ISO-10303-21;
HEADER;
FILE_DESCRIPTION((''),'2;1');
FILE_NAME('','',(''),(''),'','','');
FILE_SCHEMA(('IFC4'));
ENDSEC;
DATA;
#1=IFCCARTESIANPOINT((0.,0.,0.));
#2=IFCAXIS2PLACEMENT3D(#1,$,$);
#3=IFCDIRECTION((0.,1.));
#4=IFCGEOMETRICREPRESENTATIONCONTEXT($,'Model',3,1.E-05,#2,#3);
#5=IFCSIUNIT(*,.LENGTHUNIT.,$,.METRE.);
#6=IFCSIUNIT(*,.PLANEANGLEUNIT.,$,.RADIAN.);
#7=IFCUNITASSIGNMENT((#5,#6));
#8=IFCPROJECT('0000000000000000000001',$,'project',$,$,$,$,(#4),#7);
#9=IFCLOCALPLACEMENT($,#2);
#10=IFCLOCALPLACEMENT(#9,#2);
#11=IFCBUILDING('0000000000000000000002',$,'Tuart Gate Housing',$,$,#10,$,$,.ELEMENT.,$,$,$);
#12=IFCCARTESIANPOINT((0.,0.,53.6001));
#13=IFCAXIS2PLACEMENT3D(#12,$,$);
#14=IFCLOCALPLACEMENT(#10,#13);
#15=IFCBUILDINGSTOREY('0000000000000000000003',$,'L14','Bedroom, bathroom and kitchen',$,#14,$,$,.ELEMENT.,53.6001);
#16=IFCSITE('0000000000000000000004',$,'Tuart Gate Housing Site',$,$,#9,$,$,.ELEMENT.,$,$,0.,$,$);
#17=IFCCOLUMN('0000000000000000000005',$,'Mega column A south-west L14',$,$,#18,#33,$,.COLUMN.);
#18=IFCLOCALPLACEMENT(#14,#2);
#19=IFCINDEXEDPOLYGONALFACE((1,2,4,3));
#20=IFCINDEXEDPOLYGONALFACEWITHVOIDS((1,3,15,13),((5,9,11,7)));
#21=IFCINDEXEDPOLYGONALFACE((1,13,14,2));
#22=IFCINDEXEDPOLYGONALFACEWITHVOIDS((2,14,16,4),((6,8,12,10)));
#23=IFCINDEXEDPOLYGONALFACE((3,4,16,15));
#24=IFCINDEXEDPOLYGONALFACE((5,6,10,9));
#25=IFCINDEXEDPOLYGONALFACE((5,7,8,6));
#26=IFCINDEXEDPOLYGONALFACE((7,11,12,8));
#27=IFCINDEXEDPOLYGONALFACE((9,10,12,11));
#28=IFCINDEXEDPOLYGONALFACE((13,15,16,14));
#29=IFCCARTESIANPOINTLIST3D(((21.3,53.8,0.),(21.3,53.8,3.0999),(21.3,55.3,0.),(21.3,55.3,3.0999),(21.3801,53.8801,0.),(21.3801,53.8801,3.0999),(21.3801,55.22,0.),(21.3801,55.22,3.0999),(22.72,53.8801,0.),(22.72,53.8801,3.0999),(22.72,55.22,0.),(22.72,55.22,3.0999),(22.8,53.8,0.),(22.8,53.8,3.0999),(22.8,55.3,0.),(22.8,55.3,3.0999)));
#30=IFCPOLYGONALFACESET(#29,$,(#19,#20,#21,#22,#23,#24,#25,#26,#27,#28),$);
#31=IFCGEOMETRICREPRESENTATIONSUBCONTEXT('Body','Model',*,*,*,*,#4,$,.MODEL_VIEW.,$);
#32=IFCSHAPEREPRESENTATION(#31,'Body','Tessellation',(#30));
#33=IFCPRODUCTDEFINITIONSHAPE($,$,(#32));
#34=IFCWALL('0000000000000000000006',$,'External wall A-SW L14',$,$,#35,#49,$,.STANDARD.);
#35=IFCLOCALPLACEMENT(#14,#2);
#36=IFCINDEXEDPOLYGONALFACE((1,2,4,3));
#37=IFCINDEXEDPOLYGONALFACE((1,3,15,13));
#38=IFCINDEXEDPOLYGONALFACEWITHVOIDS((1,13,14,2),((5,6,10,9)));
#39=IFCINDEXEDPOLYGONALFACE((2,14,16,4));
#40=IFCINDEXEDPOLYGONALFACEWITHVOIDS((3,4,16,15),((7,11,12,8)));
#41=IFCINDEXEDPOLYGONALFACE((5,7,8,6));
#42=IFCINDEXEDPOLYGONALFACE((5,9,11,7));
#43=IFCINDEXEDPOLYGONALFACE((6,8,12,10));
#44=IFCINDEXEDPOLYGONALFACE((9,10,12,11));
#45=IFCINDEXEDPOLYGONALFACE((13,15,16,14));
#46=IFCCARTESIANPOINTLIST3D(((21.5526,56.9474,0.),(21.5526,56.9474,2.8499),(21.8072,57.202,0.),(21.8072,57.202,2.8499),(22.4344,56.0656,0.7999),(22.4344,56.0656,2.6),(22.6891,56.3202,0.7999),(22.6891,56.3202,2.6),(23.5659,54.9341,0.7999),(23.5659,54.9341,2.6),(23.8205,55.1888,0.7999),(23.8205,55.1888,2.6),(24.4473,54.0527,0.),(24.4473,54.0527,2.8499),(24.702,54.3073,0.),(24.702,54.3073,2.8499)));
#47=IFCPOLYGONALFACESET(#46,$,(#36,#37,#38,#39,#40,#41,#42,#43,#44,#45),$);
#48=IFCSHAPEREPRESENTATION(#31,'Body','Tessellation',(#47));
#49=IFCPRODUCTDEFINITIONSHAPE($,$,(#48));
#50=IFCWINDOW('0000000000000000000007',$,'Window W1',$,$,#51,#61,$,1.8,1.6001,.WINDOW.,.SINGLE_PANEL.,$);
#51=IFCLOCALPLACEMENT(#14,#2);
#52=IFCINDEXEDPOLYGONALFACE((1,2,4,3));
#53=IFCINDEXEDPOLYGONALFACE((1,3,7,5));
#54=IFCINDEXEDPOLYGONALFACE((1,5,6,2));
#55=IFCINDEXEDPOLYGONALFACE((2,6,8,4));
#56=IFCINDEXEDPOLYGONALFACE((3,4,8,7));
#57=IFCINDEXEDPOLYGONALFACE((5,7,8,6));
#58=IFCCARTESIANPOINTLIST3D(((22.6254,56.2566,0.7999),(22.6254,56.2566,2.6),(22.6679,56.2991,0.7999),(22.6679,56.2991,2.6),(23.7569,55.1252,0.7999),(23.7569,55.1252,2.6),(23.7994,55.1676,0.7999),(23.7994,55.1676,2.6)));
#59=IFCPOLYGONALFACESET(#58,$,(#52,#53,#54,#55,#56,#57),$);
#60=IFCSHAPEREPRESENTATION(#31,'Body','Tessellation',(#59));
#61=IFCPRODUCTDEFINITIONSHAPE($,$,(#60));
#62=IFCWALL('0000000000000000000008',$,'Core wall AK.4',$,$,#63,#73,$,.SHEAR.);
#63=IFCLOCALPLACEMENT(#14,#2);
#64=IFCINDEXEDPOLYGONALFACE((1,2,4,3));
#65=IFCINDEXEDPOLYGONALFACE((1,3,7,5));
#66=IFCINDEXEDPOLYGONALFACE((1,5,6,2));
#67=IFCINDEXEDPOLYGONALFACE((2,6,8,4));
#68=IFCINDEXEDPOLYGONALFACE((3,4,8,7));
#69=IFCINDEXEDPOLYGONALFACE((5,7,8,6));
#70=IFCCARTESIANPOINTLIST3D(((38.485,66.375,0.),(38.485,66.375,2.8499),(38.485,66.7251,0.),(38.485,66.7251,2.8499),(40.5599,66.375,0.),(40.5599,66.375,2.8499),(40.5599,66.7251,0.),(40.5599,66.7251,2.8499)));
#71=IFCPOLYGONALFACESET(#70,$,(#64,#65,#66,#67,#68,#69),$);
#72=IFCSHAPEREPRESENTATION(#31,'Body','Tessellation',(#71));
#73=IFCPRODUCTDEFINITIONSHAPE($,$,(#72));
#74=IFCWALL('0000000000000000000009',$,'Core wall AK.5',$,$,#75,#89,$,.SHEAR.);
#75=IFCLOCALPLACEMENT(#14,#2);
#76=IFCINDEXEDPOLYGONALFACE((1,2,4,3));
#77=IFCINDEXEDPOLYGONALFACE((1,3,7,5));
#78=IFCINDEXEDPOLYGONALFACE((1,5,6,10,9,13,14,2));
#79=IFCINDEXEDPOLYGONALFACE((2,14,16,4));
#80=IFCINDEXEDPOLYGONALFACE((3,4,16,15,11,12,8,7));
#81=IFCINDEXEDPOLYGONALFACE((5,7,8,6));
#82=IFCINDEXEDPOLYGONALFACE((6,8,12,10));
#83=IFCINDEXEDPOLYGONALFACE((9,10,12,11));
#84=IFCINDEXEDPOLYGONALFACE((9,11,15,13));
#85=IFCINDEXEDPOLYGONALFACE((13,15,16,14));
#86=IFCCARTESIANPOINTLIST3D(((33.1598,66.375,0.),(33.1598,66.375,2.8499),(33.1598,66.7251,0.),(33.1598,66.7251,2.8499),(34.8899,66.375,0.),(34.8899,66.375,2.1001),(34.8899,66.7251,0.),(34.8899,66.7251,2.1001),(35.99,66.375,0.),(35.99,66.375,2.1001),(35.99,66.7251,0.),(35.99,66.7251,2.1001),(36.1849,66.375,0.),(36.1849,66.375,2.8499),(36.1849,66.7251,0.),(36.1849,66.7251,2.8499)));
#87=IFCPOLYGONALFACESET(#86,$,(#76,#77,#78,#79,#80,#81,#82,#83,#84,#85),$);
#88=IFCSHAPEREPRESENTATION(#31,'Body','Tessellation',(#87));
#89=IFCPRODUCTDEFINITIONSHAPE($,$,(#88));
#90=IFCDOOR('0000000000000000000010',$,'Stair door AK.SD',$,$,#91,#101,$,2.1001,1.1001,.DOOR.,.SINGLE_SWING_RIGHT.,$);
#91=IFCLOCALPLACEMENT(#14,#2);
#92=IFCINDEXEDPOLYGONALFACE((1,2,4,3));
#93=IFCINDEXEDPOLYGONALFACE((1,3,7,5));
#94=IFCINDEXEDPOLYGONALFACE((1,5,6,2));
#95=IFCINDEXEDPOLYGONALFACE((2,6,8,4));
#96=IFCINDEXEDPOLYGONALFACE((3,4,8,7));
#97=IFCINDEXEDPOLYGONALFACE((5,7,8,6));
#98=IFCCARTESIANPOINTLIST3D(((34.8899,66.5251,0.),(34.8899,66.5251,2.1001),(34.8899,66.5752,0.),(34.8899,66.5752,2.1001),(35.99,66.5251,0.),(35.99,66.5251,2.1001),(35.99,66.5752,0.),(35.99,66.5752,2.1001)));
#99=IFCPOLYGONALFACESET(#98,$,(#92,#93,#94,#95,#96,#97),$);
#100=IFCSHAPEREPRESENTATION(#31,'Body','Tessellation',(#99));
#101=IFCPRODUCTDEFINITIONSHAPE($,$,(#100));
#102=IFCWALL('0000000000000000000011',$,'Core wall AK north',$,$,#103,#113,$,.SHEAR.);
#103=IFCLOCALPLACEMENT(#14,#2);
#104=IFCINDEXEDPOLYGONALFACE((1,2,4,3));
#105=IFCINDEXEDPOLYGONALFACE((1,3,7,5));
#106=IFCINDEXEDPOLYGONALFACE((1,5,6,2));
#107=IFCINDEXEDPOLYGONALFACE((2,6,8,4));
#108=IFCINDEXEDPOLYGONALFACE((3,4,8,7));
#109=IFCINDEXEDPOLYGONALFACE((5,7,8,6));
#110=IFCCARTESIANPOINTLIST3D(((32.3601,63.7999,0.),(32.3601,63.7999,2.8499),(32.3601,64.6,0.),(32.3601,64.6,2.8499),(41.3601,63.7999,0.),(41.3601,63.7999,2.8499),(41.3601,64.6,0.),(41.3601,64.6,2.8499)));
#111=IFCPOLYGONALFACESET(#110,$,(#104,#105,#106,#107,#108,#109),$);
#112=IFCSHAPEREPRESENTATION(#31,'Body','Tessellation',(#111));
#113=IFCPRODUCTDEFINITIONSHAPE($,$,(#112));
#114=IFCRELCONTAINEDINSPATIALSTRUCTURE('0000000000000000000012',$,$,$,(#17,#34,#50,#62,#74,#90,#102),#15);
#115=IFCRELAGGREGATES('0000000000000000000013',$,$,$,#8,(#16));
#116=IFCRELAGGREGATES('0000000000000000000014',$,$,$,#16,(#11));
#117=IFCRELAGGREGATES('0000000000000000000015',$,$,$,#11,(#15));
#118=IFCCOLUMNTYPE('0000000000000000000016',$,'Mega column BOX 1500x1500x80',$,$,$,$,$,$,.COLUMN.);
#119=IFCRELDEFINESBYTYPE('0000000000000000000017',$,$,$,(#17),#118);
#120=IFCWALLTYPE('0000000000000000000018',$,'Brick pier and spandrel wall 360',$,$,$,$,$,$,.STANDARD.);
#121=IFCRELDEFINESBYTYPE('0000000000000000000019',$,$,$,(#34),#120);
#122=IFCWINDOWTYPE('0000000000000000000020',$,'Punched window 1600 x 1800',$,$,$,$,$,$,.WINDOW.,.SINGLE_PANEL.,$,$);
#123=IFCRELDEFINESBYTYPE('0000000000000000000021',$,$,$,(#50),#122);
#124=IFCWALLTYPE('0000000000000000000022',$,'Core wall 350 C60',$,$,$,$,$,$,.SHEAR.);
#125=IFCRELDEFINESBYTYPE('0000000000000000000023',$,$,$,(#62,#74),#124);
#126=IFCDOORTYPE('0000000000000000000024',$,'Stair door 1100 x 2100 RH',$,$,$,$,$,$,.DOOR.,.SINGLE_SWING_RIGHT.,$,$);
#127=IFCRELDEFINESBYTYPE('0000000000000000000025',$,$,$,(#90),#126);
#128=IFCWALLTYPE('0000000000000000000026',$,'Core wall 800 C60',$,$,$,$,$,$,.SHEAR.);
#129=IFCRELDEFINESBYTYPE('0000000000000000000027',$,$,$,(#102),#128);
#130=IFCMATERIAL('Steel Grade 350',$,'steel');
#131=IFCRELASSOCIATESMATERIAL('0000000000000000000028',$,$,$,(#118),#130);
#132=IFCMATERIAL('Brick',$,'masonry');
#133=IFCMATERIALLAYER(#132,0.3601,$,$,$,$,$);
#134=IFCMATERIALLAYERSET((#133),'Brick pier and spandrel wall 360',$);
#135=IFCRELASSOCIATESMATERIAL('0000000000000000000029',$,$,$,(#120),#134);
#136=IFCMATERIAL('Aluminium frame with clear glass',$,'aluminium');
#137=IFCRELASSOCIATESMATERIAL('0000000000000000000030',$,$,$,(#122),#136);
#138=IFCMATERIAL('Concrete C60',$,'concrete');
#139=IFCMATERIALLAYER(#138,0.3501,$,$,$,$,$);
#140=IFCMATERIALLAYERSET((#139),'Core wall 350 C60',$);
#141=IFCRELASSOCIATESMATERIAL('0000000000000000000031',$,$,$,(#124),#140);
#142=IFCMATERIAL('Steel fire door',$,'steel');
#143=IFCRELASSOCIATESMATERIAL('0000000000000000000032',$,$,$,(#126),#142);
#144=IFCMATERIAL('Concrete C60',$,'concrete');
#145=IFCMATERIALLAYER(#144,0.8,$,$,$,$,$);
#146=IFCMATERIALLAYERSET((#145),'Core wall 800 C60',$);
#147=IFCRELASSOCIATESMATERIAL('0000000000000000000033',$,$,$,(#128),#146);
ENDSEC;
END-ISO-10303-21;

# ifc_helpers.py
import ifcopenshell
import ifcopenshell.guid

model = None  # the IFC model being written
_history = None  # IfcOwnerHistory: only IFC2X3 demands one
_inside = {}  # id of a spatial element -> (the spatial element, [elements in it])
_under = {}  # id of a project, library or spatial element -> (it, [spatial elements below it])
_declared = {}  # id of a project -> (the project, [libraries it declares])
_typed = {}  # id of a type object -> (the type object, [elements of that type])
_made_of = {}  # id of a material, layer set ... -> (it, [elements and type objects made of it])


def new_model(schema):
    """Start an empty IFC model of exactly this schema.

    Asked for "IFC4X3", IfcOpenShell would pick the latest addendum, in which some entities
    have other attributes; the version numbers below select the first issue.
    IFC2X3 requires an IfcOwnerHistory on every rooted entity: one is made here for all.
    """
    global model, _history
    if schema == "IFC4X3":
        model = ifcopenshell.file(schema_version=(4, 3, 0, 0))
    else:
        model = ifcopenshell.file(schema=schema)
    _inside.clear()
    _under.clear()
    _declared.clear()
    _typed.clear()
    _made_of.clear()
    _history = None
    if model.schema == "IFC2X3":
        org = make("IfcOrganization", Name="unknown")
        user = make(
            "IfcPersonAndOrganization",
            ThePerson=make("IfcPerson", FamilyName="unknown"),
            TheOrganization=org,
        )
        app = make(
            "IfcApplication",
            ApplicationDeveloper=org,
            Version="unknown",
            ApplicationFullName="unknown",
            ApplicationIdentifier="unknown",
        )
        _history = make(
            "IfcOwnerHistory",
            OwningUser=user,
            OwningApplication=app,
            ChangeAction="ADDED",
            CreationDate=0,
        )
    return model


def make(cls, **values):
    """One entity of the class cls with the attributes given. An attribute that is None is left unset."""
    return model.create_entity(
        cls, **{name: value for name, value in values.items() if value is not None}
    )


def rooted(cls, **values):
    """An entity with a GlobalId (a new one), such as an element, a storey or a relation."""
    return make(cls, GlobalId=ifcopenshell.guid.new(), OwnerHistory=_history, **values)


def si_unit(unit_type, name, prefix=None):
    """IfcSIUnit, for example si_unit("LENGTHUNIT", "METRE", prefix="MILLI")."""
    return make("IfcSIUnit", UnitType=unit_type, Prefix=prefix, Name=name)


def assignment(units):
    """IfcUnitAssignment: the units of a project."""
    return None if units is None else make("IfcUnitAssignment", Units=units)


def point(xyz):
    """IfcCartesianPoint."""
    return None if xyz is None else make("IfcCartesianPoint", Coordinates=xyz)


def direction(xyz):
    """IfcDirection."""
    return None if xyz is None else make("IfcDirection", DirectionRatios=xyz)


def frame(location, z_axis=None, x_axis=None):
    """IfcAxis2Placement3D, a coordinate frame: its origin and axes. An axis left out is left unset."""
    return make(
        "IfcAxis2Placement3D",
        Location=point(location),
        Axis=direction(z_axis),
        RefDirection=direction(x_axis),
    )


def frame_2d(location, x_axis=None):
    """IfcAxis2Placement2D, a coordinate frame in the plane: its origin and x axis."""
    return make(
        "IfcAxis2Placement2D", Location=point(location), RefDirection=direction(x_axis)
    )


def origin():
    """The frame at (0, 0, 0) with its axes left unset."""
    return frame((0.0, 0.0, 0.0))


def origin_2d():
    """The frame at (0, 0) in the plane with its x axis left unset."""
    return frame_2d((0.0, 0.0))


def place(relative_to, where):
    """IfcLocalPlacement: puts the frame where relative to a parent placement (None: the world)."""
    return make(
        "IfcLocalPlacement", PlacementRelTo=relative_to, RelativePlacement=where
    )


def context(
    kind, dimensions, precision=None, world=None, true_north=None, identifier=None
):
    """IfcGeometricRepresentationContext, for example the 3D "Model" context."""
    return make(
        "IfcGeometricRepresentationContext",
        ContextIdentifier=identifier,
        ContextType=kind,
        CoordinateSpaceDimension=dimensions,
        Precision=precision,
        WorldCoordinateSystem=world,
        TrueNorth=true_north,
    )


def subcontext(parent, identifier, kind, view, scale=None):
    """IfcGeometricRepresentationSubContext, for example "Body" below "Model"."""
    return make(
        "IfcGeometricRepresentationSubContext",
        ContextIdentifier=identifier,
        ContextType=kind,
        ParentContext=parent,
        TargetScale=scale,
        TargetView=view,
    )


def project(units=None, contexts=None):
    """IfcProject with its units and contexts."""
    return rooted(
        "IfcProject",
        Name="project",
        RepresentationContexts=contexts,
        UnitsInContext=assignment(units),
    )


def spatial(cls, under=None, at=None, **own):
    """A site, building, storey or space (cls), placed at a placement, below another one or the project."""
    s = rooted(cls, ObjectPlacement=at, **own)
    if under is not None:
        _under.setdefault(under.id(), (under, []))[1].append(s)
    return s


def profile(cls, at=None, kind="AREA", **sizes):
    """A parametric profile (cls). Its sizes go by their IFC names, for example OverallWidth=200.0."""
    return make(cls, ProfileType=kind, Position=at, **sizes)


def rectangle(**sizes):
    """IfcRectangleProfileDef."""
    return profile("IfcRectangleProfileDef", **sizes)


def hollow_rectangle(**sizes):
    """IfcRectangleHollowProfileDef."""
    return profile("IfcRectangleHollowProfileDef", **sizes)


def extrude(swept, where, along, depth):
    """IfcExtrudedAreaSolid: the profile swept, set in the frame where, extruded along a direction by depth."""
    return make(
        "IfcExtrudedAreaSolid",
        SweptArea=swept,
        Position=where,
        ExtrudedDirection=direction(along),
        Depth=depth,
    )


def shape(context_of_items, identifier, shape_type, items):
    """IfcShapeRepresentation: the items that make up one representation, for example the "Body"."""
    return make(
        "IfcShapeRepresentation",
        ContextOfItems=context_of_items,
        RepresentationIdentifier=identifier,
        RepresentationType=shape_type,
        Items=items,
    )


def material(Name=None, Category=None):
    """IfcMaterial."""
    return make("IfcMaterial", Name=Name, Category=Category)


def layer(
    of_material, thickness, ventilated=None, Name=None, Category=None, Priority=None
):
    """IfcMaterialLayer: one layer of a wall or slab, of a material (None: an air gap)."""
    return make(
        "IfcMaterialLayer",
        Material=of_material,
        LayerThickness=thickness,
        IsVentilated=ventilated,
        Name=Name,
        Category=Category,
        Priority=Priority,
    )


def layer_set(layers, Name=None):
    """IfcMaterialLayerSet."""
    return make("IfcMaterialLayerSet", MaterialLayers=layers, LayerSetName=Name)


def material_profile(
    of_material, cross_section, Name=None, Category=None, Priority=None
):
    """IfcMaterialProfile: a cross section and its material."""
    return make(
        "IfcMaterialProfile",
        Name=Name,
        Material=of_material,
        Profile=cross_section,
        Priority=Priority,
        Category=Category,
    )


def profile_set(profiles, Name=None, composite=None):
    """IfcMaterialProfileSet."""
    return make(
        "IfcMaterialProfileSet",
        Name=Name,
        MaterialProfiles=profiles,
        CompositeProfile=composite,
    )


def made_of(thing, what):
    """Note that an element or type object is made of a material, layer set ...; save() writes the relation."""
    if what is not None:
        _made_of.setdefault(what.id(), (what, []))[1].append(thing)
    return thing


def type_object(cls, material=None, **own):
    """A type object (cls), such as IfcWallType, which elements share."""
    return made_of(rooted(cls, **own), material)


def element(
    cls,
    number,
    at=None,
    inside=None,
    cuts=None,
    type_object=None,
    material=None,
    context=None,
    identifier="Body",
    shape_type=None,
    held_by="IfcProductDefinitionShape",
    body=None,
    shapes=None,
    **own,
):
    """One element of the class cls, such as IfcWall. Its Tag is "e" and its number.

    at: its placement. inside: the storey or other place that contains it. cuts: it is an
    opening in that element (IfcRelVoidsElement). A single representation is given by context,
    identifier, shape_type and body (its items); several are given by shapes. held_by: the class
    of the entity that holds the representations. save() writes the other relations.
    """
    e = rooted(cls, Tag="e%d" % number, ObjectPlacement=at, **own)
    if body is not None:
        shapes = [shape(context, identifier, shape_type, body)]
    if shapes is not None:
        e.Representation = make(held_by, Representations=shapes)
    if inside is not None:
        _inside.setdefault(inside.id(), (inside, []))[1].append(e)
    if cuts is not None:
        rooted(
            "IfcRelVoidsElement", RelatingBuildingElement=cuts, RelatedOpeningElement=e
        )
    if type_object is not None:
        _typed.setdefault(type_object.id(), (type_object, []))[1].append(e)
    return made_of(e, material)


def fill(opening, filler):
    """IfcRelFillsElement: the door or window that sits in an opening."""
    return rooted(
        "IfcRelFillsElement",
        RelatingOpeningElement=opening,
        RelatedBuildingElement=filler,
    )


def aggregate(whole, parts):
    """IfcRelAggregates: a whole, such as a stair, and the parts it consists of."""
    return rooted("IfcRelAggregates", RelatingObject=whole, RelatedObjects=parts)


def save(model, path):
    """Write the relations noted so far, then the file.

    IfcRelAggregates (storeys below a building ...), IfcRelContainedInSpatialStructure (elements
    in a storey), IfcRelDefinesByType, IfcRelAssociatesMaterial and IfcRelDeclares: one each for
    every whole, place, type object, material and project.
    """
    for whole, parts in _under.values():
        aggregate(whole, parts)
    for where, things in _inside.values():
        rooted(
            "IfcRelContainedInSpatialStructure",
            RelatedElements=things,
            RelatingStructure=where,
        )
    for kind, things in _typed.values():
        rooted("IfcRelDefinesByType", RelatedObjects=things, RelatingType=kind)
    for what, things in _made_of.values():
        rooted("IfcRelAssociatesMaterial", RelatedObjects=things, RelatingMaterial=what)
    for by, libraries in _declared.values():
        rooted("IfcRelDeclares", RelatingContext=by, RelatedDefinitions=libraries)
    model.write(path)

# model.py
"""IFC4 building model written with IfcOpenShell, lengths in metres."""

from ifc_helpers import new_model, si_unit, direction, frame, frame_2d, origin, origin_2d, place, context, subcontext, project, spatial, rectangle, hollow_rectangle, extrude, material, layer, layer_set, material_profile, profile_set, type_object, element, fill, save


model = new_model("IFC4")

# Units and contexts
model_context = context("Model", 3, precision=1e-05, world=origin(), true_north=direction((0.0, 1.0)))
body_context = subcontext(model_context, "Body", "Model", "MODEL_VIEW")
ifc_project = project(units=[si_unit("LENGTHUNIT", "METRE"), si_unit("PLANEANGLEUNIT", "RADIAN")], contexts=[model_context])

# Site, building, storey
site_placement = place(None, origin())
site = spatial("IfcSite", under=ifc_project, at=site_placement, Name="Tuart Gate Housing Site", CompositionType="ELEMENT", RefElevation=0.0)
building_placement = place(site_placement, origin())
building = spatial("IfcBuilding", under=site, at=building_placement, Name="Tuart Gate Housing", CompositionType="ELEMENT")
storey_placement = place(building_placement, frame((0.0, 0.0, 53.6001)))
storey = spatial("IfcBuildingStorey", under=building, at=storey_placement, Name="L14", Description="Bedroom, bathroom and kitchen", CompositionType="ELEMENT", Elevation=53.6001)

# Column
ifc_material_1 = material(Name="Steel Grade 350", Category="steel")
ifc_material_profile = material_profile(ifc_material_1, hollow_rectangle(XDim=1.5, YDim=1.5, WallThickness=0.0801, at=origin_2d()), Name="BOX 1500x1500x80")
ifc_profile_set = profile_set([ifc_material_profile], Name="Steel Grade 350")
column_type = type_object("IfcColumnType", Name="Mega column BOX 1500x1500x80", PredefinedType="COLUMN", material=ifc_profile_set)
column_placement = place(storey_placement, frame((22.05, 54.55, 0.0), z_axis=(0.0, 0.0, 1.0), x_axis=(1.0, 0.0, 0.0)))
element("IfcColumn", 1, at=column_placement, inside=storey, type_object=column_type, Name="Mega column A south-west L14", PredefinedType="COLUMN", context=body_context, shape_type="SweptSolid", body=[
    extrude(hollow_rectangle(XDim=1.5, YDim=1.5, WallThickness=0.0801, at=origin_2d()), origin(), (0.0, 0.0, 1.0), 3.0999),
])

# Wall, opening, window
ifc_material_2 = material(Name="Brick", Category="masonry")
ifc_layer_1 = layer(ifc_material_2, 0.3601)
ifc_layer_set_1 = layer_set([ifc_layer_1], Name="Brick pier and spandrel wall 360")
wall_type_1 = type_object("IfcWallType", Name="Brick pier and spandrel wall 360", PredefinedType="STANDARD", material=ifc_layer_set_1)
wall_1_placement = place(storey_placement, frame((21.6799, 57.0747, 0.0), z_axis=(0.0, 0.0, 1.0), x_axis=(0.707107, -0.707107, 0.0)))
wall_1 = element("IfcWall", 2, at=wall_1_placement, inside=storey, type_object=wall_type_1, Name="External wall A-SW L14", PredefinedType="STANDARD", context=body_context, shape_type="SweptSolid", body=[
    extrude(rectangle(XDim=4.0938, YDim=0.3601, at=frame_2d((2.0469, 0.0))), origin(), (0.0, 0.0, 1.0), 2.8499),
])
opening_1_placement = place(wall_1_placement, frame((1.2471, 0.0, 0.8)))
opening_1 = element("IfcOpeningElement", 3, at=opening_1_placement, cuts=wall_1, PredefinedType="OPENING", context=body_context, shape_type="SweptSolid", body=[
    extrude(rectangle(XDim=1.6001, YDim=1.8, at=frame_2d((0.8, 0.8999))), frame((0.0, 0.1899, 0.0), z_axis=(0.0, -1.0, 0.0), x_axis=(1.0, 0.0, 0.0)), (0.0, 0.0, 1.0), 0.3801),
])
ifc_material_3 = material(Name="Aluminium frame with clear glass", Category="aluminium")
window_type = type_object("IfcWindowType", Name="Punched window 1600 x 1800", PartitioningType="SINGLE_PANEL", PredefinedType="WINDOW", material=ifc_material_3)
window_placement = place(opening_1_placement, origin())
window = element("IfcWindow", 4, at=window_placement, inside=storey, type_object=window_type, Name="Window W1", OverallHeight=1.8, OverallWidth=1.6001, PartitioningType="SINGLE_PANEL", PredefinedType="WINDOW", context=body_context, shape_type="SweptSolid", body=[
    extrude(rectangle(XDim=1.6001, YDim=1.8, at=frame_2d((0.8, 0.8999))), frame((0.0, 0.1501, 0.0), z_axis=(0.0, -1.0, 0.0), x_axis=(1.0, 0.0, 0.0)), (0.0, 0.0, 1.0), 0.0601),
])
fill(opening_1, window)

# Wall
ifc_material_4 = material(Name="Concrete C60", Category="concrete")
ifc_layer_2 = layer(ifc_material_4, 0.3501)
ifc_layer_set_2 = layer_set([ifc_layer_2], Name="Core wall 350 C60")
wall_type_2 = type_object("IfcWallType", Name="Core wall 350 C60", PredefinedType="SHEAR", material=ifc_layer_set_2)
wall_2_placement = place(storey_placement, frame((40.5601, 66.55, 0.0), z_axis=(0.0, 0.0, 1.0), x_axis=(-1.0, 0.0, 0.0)))
element("IfcWall", 5, at=wall_2_placement, inside=storey, type_object=wall_type_2, Name="Core wall AK.4", PredefinedType="SHEAR", context=body_context, shape_type="SweptSolid", body=[
    extrude(rectangle(XDim=2.075, YDim=0.3501, at=frame_2d((1.0376, 0.0))), origin(), (0.0, 0.0, 1.0), 2.8499),
])

# Wall, opening, door
wall_3_placement = place(storey_placement, frame((36.1851, 66.55, 0.0), z_axis=(0.0, 0.0, 1.0), x_axis=(-1.0, 0.0, 0.0)))
wall_3 = element("IfcWall", 6, at=wall_3_placement, inside=storey, type_object=wall_type_2, Name="Core wall AK.5", PredefinedType="SHEAR", context=body_context, shape_type="SweptSolid", body=[
    extrude(rectangle(XDim=3.0251, YDim=0.3501, at=frame_2d((1.5127, 0.0))), origin(), (0.0, 0.0, 1.0), 2.8499),
])
opening_2_placement = place(wall_3_placement, frame((0.1951, 0.0, 0.0)))
opening_2 = element("IfcOpeningElement", 7, at=opening_2_placement, cuts=wall_3, PredefinedType="OPENING", context=body_context, shape_type="SweptSolid", body=[
    extrude(rectangle(XDim=1.1001, YDim=2.1001, at=frame_2d((0.55, 1.05))), frame((0.0, 0.1851, 0.0), z_axis=(0.0, -1.0, 0.0), x_axis=(1.0, 0.0, 0.0)), (0.0, 0.0, 1.0), 0.3701),
])
ifc_material_5 = material(Name="Steel fire door", Category="steel")
door_type_1 = type_object("IfcDoorType", Name="Stair door 1100 x 2100 RH", OperationType="SINGLE_SWING_RIGHT", PredefinedType="DOOR", material=ifc_material_5)
door_1_placement = place(opening_2_placement, frame((1.1001, 0.0, 0.0), z_axis=(0.0, 0.0, 1.0), x_axis=(-1.0, 0.0, 0.0)))
door_1 = element("IfcDoor", 8, at=door_1_placement, inside=storey, type_object=door_type_1, Name="Stair door AK.SD", OperationType="SINGLE_SWING_RIGHT", OverallHeight=2.1001, OverallWidth=1.1001, PredefinedType="DOOR", context=body_context, shape_type="SweptSolid", body=[
    extrude(rectangle(XDim=1.1001, YDim=2.1001, at=frame_2d((0.55, 1.05))), frame((0.0, 0.0251, 0.0), z_axis=(0.0, -1.0, 0.0), x_axis=(1.0, 0.0, 0.0)), (0.0, 0.0, 1.0), 0.05),
])
fill(opening_2, door_1)

# Wall
ifc_material_6 = material(Name="Concrete C60", Category="concrete")
ifc_layer_3 = layer(ifc_material_6, 0.8)
ifc_layer_set_3 = layer_set([ifc_layer_3], Name="Core wall 800 C60")
wall_type_3 = type_object("IfcWallType", Name="Core wall 800 C60", PredefinedType="SHEAR", material=ifc_layer_set_3)
wall_4_placement = place(storey_placement, frame((41.3601, 64.2, 0.0), z_axis=(0.0, 0.0, 1.0), x_axis=(-1.0, 0.0, 0.0)))
element("IfcWall", 9, at=wall_4_placement, inside=storey, type_object=wall_type_3, Name="Core wall AK north", PredefinedType="SHEAR", context=body_context, shape_type="SweptSolid", body=[
    extrude(rectangle(XDim=9.0, YDim=0.8, at=frame_2d((4.5, 0.0))), origin(), (0.0, 0.0, 1.0), 2.8499),
])

save(model, "model.ifc")
